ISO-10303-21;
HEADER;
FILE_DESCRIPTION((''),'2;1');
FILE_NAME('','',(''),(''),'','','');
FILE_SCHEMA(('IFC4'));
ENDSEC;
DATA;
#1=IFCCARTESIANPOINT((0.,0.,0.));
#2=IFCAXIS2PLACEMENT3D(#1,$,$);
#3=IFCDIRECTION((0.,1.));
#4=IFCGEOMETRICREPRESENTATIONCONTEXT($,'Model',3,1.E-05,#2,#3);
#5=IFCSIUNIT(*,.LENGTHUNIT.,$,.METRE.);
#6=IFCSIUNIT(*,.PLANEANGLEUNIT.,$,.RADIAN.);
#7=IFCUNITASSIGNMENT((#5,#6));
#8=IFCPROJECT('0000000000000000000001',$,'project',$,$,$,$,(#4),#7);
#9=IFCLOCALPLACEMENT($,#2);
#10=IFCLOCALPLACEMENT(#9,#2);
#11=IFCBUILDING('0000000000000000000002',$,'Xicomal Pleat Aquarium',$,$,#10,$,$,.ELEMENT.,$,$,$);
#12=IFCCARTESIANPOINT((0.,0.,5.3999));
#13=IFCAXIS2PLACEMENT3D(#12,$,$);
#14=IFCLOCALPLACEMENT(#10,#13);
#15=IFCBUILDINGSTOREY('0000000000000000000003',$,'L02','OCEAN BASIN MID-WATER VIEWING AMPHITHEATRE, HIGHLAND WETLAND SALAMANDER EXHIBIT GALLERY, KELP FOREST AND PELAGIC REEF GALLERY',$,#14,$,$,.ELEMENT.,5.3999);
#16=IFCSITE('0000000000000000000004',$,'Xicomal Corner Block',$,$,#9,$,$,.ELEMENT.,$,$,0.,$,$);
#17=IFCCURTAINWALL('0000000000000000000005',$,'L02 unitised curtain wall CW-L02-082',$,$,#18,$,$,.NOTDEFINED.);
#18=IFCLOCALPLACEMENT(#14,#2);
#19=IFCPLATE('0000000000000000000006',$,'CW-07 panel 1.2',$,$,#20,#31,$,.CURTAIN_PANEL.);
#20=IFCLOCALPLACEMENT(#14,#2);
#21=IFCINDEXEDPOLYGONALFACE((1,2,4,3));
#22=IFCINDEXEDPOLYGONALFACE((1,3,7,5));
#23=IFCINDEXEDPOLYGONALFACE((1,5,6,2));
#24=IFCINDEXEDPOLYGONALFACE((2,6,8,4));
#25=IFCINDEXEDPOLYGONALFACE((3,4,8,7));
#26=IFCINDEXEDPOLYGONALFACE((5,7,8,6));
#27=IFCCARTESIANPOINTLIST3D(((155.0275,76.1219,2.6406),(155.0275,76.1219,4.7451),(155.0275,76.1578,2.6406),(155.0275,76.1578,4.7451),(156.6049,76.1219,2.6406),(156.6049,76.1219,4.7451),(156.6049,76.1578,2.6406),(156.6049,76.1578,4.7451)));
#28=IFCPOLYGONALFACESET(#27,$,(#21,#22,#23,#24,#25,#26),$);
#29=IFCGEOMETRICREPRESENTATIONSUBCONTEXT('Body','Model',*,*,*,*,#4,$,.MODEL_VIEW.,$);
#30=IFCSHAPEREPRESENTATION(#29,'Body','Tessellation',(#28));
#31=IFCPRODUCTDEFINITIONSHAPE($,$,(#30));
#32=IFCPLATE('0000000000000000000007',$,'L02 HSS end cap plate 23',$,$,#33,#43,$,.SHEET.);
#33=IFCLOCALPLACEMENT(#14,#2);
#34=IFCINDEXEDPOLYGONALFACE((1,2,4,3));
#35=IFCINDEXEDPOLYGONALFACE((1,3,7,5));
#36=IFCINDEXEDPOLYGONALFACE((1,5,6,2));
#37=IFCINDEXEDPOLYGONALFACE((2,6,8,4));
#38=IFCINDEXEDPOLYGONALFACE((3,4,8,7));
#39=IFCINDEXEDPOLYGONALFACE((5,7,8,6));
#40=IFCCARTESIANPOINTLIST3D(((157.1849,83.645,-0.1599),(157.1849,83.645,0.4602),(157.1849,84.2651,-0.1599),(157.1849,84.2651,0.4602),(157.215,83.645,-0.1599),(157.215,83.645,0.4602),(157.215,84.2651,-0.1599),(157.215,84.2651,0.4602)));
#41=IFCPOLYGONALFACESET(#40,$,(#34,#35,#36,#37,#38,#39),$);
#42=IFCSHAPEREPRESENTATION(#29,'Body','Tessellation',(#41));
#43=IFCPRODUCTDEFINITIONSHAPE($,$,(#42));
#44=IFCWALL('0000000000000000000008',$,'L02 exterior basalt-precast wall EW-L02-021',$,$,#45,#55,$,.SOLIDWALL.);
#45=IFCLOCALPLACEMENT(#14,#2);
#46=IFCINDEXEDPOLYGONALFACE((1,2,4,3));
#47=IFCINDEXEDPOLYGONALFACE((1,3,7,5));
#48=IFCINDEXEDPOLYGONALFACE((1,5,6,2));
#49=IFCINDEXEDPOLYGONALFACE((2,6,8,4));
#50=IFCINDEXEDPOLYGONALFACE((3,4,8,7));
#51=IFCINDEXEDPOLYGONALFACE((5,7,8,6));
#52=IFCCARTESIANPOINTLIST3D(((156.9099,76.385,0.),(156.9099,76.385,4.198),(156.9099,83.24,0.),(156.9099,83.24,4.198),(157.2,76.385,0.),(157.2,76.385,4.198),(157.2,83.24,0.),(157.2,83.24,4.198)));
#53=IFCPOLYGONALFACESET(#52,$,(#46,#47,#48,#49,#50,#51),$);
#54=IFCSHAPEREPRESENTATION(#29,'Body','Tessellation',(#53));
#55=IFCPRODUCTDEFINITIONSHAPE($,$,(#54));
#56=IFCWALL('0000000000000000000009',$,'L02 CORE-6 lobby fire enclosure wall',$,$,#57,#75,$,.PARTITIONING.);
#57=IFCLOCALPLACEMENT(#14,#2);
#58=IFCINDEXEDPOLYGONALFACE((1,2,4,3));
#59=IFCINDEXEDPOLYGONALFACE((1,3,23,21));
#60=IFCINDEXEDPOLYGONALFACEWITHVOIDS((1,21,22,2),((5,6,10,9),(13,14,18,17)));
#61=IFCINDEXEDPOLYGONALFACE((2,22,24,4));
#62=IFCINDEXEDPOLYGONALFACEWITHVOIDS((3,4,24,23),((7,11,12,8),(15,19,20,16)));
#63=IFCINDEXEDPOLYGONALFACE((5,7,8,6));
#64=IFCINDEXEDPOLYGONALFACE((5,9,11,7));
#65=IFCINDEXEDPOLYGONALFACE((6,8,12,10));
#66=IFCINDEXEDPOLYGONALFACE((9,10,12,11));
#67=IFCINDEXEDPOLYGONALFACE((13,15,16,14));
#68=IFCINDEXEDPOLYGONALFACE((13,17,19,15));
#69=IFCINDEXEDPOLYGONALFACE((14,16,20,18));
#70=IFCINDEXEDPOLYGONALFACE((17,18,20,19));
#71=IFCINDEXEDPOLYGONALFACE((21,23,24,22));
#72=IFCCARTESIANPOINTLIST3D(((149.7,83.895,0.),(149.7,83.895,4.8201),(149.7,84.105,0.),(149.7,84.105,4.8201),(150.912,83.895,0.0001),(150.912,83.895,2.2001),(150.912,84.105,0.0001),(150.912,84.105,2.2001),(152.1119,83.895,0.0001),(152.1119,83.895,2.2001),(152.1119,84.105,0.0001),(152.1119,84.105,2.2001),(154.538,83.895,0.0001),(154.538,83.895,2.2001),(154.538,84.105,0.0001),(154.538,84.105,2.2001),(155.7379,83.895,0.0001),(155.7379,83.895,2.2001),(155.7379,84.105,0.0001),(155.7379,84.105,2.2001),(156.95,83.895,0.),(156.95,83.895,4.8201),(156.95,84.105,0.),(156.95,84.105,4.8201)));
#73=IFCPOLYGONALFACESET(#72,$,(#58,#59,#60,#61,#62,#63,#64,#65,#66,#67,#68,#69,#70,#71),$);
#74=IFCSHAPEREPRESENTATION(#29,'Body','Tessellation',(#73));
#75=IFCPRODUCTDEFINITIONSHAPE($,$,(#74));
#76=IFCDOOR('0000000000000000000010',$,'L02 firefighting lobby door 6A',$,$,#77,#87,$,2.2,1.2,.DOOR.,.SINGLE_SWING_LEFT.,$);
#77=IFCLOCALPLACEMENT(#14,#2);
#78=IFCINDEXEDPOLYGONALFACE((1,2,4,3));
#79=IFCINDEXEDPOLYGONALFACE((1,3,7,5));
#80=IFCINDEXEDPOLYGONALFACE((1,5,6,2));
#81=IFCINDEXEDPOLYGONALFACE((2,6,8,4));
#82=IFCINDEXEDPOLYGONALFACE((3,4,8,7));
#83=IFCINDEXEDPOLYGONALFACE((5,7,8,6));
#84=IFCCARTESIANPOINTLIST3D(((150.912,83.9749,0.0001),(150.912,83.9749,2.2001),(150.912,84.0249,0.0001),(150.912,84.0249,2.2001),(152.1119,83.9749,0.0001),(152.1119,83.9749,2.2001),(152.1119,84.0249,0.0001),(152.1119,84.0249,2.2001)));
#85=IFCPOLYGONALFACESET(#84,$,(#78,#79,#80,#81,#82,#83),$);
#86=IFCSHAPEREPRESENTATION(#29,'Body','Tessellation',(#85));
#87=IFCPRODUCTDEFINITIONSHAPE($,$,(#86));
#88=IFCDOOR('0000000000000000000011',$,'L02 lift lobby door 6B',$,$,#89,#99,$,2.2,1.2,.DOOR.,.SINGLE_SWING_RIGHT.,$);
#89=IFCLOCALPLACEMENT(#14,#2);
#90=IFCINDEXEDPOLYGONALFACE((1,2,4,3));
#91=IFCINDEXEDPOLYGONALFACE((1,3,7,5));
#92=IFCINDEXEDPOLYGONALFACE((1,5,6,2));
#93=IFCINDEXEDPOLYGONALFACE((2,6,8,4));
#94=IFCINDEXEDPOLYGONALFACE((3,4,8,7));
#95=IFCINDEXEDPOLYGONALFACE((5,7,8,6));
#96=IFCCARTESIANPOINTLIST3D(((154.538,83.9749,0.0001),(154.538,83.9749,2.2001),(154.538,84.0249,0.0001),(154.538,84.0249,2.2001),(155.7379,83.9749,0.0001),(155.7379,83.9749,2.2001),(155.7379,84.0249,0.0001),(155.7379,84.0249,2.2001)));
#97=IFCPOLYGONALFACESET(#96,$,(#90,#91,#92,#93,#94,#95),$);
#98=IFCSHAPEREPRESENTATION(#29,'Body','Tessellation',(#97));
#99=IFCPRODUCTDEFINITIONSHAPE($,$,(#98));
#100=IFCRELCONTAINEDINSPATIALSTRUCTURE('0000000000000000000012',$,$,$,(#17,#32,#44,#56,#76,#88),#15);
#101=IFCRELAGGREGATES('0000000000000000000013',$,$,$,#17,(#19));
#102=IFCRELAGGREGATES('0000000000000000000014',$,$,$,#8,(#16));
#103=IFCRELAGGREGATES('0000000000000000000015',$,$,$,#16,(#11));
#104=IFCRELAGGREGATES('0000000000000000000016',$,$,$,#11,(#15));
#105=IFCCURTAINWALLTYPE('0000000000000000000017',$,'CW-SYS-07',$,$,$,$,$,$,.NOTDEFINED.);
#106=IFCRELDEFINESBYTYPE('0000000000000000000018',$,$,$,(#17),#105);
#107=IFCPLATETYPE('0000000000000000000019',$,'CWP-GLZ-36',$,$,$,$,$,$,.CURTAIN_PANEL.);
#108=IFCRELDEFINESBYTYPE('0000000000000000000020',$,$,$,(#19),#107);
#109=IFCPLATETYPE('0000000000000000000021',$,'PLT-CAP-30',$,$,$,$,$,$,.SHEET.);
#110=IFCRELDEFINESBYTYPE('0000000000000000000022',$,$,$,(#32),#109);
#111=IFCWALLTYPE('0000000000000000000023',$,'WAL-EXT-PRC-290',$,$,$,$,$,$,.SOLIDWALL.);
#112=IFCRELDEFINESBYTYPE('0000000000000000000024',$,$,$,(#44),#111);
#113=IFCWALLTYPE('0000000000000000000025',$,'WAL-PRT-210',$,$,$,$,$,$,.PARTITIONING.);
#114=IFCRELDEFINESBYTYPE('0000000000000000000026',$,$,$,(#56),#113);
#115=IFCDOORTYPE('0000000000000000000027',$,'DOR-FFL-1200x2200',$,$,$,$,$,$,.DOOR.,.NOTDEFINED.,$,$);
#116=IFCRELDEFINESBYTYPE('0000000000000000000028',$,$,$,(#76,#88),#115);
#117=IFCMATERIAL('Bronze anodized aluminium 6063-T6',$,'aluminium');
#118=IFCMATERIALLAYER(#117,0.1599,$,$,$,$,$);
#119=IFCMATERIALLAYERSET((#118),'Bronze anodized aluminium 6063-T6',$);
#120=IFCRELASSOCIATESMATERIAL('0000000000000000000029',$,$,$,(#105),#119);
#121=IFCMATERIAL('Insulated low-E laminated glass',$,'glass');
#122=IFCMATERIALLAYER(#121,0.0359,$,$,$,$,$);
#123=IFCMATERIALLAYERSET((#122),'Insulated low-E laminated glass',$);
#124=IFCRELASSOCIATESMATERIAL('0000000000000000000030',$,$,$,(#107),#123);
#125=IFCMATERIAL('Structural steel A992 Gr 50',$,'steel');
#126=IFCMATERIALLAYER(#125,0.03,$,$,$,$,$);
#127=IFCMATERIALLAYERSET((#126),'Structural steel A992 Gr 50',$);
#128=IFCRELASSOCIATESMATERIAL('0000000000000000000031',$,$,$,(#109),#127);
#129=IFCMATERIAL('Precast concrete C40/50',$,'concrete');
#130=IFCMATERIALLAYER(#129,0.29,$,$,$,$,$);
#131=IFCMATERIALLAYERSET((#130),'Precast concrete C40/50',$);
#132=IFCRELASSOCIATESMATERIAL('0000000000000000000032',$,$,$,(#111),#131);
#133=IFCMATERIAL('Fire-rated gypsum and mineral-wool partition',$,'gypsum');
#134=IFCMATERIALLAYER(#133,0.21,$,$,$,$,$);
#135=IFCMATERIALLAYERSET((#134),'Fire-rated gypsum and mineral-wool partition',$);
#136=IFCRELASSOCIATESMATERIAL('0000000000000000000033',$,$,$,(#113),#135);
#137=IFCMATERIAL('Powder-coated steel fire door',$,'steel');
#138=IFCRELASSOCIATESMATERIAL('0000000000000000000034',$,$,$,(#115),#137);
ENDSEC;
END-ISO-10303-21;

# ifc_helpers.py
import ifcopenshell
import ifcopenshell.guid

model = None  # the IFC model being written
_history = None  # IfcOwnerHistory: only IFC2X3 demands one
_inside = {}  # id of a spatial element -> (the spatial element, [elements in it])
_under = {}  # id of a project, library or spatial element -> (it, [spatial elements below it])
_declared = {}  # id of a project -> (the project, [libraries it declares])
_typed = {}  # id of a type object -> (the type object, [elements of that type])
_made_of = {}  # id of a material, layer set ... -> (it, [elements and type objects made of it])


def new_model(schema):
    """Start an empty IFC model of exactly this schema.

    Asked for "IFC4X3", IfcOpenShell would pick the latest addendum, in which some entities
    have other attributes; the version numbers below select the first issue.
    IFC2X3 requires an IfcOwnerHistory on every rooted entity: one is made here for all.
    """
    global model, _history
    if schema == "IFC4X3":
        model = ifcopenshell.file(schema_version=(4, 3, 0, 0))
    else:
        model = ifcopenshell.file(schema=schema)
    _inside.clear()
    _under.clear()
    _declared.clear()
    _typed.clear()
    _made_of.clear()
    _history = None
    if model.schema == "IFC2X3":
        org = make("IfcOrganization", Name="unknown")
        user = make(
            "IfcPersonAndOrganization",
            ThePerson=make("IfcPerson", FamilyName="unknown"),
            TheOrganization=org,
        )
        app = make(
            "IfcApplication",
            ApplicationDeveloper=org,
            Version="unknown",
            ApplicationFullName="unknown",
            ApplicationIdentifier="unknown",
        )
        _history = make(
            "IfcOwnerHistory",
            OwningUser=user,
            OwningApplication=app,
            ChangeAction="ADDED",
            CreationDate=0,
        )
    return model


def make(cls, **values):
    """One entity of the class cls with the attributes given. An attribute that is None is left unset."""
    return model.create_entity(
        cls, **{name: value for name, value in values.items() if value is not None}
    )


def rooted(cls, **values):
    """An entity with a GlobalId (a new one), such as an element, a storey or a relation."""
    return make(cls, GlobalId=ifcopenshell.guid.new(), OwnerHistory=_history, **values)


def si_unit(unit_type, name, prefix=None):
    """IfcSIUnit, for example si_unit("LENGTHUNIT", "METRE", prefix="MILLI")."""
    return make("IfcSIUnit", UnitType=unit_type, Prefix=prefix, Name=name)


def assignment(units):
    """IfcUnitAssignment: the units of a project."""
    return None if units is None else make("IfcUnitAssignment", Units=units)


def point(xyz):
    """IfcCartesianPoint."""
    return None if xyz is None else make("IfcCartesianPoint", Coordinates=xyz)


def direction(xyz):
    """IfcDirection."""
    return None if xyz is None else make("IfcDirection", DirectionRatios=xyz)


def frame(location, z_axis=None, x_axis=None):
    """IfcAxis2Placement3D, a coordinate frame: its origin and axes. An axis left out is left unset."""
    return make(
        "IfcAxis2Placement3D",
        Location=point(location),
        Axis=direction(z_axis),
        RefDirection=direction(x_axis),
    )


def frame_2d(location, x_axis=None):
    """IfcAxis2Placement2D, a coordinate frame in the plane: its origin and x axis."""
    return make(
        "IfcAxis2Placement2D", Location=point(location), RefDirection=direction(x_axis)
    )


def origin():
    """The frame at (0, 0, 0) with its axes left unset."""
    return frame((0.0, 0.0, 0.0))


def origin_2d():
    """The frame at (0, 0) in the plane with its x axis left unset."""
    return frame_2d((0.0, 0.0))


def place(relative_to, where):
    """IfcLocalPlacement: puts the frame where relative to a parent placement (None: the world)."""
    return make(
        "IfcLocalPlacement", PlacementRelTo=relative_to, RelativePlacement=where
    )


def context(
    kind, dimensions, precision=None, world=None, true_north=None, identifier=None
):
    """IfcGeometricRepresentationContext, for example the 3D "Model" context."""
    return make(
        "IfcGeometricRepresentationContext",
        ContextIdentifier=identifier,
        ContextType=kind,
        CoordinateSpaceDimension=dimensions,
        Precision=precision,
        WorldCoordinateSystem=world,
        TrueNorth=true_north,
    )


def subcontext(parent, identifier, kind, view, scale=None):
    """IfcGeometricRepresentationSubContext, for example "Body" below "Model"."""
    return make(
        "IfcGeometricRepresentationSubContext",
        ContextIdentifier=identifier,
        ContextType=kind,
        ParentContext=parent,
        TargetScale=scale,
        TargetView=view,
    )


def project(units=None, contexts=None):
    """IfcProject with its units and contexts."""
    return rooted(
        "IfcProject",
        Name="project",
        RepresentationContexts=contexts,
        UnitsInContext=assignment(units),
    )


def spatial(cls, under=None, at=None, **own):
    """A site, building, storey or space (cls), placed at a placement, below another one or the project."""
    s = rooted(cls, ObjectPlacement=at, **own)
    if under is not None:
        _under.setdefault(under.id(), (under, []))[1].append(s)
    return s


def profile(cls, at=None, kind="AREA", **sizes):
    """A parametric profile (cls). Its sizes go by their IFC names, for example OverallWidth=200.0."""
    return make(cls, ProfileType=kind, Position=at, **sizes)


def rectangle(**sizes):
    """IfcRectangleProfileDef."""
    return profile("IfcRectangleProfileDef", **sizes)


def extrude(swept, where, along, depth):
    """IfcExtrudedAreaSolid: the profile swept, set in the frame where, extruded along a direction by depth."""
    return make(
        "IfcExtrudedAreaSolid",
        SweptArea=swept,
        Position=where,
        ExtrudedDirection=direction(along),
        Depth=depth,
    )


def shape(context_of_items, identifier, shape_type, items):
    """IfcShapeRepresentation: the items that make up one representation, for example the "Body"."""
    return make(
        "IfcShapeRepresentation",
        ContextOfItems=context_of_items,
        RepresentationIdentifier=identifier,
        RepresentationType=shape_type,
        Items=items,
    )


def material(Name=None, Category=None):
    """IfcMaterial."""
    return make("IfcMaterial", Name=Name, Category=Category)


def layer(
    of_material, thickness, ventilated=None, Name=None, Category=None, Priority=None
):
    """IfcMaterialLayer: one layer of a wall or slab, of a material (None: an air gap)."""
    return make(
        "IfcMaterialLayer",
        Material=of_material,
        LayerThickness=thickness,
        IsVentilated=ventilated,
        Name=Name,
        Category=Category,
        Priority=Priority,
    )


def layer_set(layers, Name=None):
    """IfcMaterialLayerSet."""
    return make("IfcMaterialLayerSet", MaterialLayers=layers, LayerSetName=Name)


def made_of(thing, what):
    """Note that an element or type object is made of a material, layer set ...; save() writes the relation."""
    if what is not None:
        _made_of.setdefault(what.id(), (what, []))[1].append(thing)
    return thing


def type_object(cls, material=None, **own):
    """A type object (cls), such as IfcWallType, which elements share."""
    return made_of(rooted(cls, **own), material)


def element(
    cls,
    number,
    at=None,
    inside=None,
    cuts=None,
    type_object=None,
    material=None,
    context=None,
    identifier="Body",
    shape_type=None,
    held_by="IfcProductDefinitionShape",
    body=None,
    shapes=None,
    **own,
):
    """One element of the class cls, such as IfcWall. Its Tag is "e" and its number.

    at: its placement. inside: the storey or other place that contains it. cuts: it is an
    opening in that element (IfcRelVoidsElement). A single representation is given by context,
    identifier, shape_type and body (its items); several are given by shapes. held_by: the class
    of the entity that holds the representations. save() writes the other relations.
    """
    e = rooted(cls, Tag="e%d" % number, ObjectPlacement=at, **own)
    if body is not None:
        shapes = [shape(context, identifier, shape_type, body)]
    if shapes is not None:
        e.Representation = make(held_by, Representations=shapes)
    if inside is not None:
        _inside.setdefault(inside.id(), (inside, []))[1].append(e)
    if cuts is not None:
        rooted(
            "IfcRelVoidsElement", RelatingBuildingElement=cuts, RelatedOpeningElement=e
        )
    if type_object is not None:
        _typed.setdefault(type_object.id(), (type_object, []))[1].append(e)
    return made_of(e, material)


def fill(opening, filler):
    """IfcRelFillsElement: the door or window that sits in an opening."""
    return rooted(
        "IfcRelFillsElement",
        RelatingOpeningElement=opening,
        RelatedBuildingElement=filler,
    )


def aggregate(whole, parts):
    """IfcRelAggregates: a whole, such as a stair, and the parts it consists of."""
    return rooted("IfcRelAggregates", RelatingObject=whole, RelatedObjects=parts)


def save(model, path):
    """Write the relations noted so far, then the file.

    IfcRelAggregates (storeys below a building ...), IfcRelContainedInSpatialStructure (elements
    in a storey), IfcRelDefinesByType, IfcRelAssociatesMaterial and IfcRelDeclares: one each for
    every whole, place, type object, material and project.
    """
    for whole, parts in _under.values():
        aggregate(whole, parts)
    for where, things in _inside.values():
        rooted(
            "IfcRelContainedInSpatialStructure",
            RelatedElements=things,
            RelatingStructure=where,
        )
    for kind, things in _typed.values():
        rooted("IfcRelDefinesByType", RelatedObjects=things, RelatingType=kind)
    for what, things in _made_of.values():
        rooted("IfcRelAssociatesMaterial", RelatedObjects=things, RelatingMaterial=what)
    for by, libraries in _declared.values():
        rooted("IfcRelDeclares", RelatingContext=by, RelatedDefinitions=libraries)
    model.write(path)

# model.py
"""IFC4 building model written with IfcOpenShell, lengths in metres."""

from ifc_helpers import new_model, si_unit, direction, frame, frame_2d, origin, origin_2d, place, context, subcontext, project, spatial, rectangle, extrude, material, layer, layer_set, type_object, element, fill, aggregate, save


model = new_model("IFC4")

# Units and contexts
model_context = context("Model", 3, precision=1e-05, world=origin(), true_north=direction((0.0, 1.0)))
body_context = subcontext(model_context, "Body", "Model", "MODEL_VIEW")
ifc_project = project(units=[si_unit("LENGTHUNIT", "METRE"), si_unit("PLANEANGLEUNIT", "RADIAN")], contexts=[model_context])

# Site, building, storey
site_placement = place(None, origin())
site = spatial("IfcSite", under=ifc_project, at=site_placement, Name="Xicomal Corner Block", CompositionType="ELEMENT", RefElevation=0.0)
building_placement = place(site_placement, origin())
building = spatial("IfcBuilding", under=site, at=building_placement, Name="Xicomal Pleat Aquarium", CompositionType="ELEMENT")
storey_placement = place(building_placement, frame((0.0, 0.0, 5.3999)))
storey = spatial("IfcBuildingStorey", under=building, at=storey_placement, Name="L02", Description="OCEAN BASIN MID-WATER VIEWING AMPHITHEATRE, HIGHLAND WETLAND SALAMANDER EXHIBIT GALLERY, KELP FOREST AND PELAGIC REEF GALLERY", CompositionType="ELEMENT", Elevation=5.3999)

# Curtain wall
ifc_material_1 = material(Name="Bronze anodized aluminium 6063-T6", Category="aluminium")
ifc_layer_1 = layer(ifc_material_1, 0.1599)
ifc_layer_set_1 = layer_set([ifc_layer_1], Name="Bronze anodized aluminium 6063-T6")
curtain_wall_type = type_object("IfcCurtainWallType", Name="CW-SYS-07", PredefinedType="NOTDEFINED", material=ifc_layer_set_1)
curtain_wall_placement = place(storey_placement, origin())
curtain_wall = element("IfcCurtainWall", 1, at=curtain_wall_placement, inside=storey, type_object=curtain_wall_type, Name="L02 unitised curtain wall CW-L02-082", PredefinedType="NOTDEFINED")

# Plates
ifc_material_2 = material(Name="Insulated low-E laminated glass", Category="glass")
ifc_layer_2 = layer(ifc_material_2, 0.0359)
ifc_layer_set_2 = layer_set([ifc_layer_2], Name="Insulated low-E laminated glass")
plate_type_1 = type_object("IfcPlateType", Name="CWP-GLZ-36", PredefinedType="CURTAIN_PANEL", material=ifc_layer_set_2)
plate_1_placement = place(storey_placement, frame((155.8162, 76.1399, 2.6406), z_axis=(0.0, 0.0, 1.0), x_axis=(-1.0, 0.0, 0.0)))
plate_1 = element("IfcPlate", 2, at=plate_1_placement, type_object=plate_type_1, Name="CW-07 panel 1.2", PredefinedType="CURTAIN_PANEL", context=body_context, shape_type="SweptSolid", body=[
    extrude(rectangle(XDim=1.5774, YDim=0.0359, at=origin_2d()), origin(), (0.0, 0.0, 1.0), 2.1045),
])
aggregate(curtain_wall, [plate_1])
ifc_material_3 = material(Name="Structural steel A992 Gr 50", Category="steel")
ifc_layer_3 = layer(ifc_material_3, 0.03)
ifc_layer_set_3 = layer_set([ifc_layer_3], Name="Structural steel A992 Gr 50")
plate_type_2 = type_object("IfcPlateType", Name="PLT-CAP-30", PredefinedType="SHEET", material=ifc_layer_set_3)
plate_2_placement = place(storey_placement, frame((157.2, 83.9551, -0.1599), z_axis=(0.0, 0.0, 1.0), x_axis=(0.0, 1.0, 0.0)))
element("IfcPlate", 3, at=plate_2_placement, inside=storey, type_object=plate_type_2, Name="L02 HSS end cap plate 23", PredefinedType="SHEET", context=body_context, shape_type="SweptSolid", body=[
    extrude(rectangle(XDim=0.6201, YDim=0.03, at=origin_2d()), origin(), (0.0, 0.0, 1.0), 0.6201),
])

# Wall
ifc_material_4 = material(Name="Precast concrete C40/50", Category="concrete")
ifc_layer_4 = layer(ifc_material_4, 0.29)
ifc_layer_set_4 = layer_set([ifc_layer_4], Name="Precast concrete C40/50")
wall_type_1 = type_object("IfcWallType", Name="WAL-EXT-PRC-290", PredefinedType="SOLIDWALL", material=ifc_layer_set_4)
wall_1_placement = place(storey_placement, frame((157.0549, 83.24, 0.0), z_axis=(0.0, 0.0, 1.0), x_axis=(0.0, -1.0, 0.0)))
element("IfcWall", 4, at=wall_1_placement, inside=storey, type_object=wall_type_1, Name="L02 exterior basalt-precast wall EW-L02-021", PredefinedType="SOLIDWALL", context=body_context, shape_type="SweptSolid", body=[
    extrude(rectangle(XDim=6.855, YDim=0.29, at=frame_2d((3.4275, 0.0))), origin(), (0.0, 0.0, 1.0), 4.198),
])

# Wall, openings, doors
ifc_material_5 = material(Name="Fire-rated gypsum and mineral-wool partition", Category="gypsum")
ifc_layer_5 = layer(ifc_material_5, 0.21)
ifc_layer_set_5 = layer_set([ifc_layer_5], Name="Fire-rated gypsum and mineral-wool partition")
wall_type_2 = type_object("IfcWallType", Name="WAL-PRT-210", PredefinedType="PARTITIONING", material=ifc_layer_set_5)
wall_2_placement = place(storey_placement, frame((149.7, 84.0, 0.0), z_axis=(0.0, 0.0, 1.0), x_axis=(1.0, 0.0, 0.0)))
wall_2 = element("IfcWall", 5, at=wall_2_placement, inside=storey, type_object=wall_type_2, Name="L02 CORE-6 lobby fire enclosure wall", PredefinedType="PARTITIONING", context=body_context, shape_type="SweptSolid", body=[
    extrude(rectangle(XDim=7.25, YDim=0.21, at=frame_2d((3.625, 0.0))), origin(), (0.0, 0.0, 1.0), 4.8201),
])
opening_1_placement = place(wall_2_placement, frame((1.2119, 0.0, 0.0)))
opening_1 = element("IfcOpeningElement", 6, at=opening_1_placement, cuts=wall_2, PredefinedType="OPENING", context=body_context, shape_type="SweptSolid", body=[
    extrude(rectangle(XDim=1.2, YDim=2.2, at=frame_2d((0.6001, 1.1001))), frame((0.0, 0.115, 0.0), z_axis=(0.0, -1.0, 0.0), x_axis=(1.0, 0.0, 0.0)), (0.0, 0.0, 1.0), 0.23),
])
opening_2_placement = place(wall_2_placement, frame((4.8379, 0.0, 0.0)))
opening_2 = element("IfcOpeningElement", 7, at=opening_2_placement, cuts=wall_2, PredefinedType="OPENING", context=body_context, shape_type="SweptSolid", body=[
    extrude(rectangle(XDim=1.2, YDim=2.2, at=frame_2d((0.6001, 1.1001))), frame((0.0, 0.115, 0.0), z_axis=(0.0, -1.0, 0.0), x_axis=(1.0, 0.0, 0.0)), (0.0, 0.0, 1.0), 0.23),
])
ifc_material_6 = material(Name="Powder-coated steel fire door", Category="steel")
door_type_1 = type_object("IfcDoorType", Name="DOR-FFL-1200x2200", OperationType="NOTDEFINED", PredefinedType="DOOR", material=ifc_material_6)
door_1_placement = place(opening_1_placement, origin())
door_1 = element("IfcDoor", 8, at=door_1_placement, inside=storey, type_object=door_type_1, Name="L02 firefighting lobby door 6A", OperationType="SINGLE_SWING_LEFT", OverallHeight=2.2, OverallWidth=1.2, PredefinedType="DOOR", context=body_context, shape_type="SweptSolid", body=[
    extrude(rectangle(XDim=1.2, YDim=2.2, at=frame_2d((0.6001, 1.1001))), frame((0.0, 0.0249, 0.0), z_axis=(0.0, -1.0, 0.0), x_axis=(1.0, 0.0, 0.0)), (0.0, 0.0, 1.0), 0.05),
])
fill(opening_1, door_1)
door_2_placement = place(opening_2_placement, origin())
door_2 = element("IfcDoor", 9, at=door_2_placement, inside=storey, type_object=door_type_1, Name="L02 lift lobby door 6B", OperationType="SINGLE_SWING_RIGHT", OverallHeight=2.2, OverallWidth=1.2, PredefinedType="DOOR", context=body_context, shape_type="SweptSolid", body=[
    extrude(rectangle(XDim=1.2, YDim=2.2, at=frame_2d((0.6001, 1.1001))), frame((0.0, 0.0249, 0.0), z_axis=(0.0, -1.0, 0.0), x_axis=(1.0, 0.0, 0.0)), (0.0, 0.0, 1.0), 0.05),
])
fill(opening_2, door_2)

save(model, "model.ifc")
